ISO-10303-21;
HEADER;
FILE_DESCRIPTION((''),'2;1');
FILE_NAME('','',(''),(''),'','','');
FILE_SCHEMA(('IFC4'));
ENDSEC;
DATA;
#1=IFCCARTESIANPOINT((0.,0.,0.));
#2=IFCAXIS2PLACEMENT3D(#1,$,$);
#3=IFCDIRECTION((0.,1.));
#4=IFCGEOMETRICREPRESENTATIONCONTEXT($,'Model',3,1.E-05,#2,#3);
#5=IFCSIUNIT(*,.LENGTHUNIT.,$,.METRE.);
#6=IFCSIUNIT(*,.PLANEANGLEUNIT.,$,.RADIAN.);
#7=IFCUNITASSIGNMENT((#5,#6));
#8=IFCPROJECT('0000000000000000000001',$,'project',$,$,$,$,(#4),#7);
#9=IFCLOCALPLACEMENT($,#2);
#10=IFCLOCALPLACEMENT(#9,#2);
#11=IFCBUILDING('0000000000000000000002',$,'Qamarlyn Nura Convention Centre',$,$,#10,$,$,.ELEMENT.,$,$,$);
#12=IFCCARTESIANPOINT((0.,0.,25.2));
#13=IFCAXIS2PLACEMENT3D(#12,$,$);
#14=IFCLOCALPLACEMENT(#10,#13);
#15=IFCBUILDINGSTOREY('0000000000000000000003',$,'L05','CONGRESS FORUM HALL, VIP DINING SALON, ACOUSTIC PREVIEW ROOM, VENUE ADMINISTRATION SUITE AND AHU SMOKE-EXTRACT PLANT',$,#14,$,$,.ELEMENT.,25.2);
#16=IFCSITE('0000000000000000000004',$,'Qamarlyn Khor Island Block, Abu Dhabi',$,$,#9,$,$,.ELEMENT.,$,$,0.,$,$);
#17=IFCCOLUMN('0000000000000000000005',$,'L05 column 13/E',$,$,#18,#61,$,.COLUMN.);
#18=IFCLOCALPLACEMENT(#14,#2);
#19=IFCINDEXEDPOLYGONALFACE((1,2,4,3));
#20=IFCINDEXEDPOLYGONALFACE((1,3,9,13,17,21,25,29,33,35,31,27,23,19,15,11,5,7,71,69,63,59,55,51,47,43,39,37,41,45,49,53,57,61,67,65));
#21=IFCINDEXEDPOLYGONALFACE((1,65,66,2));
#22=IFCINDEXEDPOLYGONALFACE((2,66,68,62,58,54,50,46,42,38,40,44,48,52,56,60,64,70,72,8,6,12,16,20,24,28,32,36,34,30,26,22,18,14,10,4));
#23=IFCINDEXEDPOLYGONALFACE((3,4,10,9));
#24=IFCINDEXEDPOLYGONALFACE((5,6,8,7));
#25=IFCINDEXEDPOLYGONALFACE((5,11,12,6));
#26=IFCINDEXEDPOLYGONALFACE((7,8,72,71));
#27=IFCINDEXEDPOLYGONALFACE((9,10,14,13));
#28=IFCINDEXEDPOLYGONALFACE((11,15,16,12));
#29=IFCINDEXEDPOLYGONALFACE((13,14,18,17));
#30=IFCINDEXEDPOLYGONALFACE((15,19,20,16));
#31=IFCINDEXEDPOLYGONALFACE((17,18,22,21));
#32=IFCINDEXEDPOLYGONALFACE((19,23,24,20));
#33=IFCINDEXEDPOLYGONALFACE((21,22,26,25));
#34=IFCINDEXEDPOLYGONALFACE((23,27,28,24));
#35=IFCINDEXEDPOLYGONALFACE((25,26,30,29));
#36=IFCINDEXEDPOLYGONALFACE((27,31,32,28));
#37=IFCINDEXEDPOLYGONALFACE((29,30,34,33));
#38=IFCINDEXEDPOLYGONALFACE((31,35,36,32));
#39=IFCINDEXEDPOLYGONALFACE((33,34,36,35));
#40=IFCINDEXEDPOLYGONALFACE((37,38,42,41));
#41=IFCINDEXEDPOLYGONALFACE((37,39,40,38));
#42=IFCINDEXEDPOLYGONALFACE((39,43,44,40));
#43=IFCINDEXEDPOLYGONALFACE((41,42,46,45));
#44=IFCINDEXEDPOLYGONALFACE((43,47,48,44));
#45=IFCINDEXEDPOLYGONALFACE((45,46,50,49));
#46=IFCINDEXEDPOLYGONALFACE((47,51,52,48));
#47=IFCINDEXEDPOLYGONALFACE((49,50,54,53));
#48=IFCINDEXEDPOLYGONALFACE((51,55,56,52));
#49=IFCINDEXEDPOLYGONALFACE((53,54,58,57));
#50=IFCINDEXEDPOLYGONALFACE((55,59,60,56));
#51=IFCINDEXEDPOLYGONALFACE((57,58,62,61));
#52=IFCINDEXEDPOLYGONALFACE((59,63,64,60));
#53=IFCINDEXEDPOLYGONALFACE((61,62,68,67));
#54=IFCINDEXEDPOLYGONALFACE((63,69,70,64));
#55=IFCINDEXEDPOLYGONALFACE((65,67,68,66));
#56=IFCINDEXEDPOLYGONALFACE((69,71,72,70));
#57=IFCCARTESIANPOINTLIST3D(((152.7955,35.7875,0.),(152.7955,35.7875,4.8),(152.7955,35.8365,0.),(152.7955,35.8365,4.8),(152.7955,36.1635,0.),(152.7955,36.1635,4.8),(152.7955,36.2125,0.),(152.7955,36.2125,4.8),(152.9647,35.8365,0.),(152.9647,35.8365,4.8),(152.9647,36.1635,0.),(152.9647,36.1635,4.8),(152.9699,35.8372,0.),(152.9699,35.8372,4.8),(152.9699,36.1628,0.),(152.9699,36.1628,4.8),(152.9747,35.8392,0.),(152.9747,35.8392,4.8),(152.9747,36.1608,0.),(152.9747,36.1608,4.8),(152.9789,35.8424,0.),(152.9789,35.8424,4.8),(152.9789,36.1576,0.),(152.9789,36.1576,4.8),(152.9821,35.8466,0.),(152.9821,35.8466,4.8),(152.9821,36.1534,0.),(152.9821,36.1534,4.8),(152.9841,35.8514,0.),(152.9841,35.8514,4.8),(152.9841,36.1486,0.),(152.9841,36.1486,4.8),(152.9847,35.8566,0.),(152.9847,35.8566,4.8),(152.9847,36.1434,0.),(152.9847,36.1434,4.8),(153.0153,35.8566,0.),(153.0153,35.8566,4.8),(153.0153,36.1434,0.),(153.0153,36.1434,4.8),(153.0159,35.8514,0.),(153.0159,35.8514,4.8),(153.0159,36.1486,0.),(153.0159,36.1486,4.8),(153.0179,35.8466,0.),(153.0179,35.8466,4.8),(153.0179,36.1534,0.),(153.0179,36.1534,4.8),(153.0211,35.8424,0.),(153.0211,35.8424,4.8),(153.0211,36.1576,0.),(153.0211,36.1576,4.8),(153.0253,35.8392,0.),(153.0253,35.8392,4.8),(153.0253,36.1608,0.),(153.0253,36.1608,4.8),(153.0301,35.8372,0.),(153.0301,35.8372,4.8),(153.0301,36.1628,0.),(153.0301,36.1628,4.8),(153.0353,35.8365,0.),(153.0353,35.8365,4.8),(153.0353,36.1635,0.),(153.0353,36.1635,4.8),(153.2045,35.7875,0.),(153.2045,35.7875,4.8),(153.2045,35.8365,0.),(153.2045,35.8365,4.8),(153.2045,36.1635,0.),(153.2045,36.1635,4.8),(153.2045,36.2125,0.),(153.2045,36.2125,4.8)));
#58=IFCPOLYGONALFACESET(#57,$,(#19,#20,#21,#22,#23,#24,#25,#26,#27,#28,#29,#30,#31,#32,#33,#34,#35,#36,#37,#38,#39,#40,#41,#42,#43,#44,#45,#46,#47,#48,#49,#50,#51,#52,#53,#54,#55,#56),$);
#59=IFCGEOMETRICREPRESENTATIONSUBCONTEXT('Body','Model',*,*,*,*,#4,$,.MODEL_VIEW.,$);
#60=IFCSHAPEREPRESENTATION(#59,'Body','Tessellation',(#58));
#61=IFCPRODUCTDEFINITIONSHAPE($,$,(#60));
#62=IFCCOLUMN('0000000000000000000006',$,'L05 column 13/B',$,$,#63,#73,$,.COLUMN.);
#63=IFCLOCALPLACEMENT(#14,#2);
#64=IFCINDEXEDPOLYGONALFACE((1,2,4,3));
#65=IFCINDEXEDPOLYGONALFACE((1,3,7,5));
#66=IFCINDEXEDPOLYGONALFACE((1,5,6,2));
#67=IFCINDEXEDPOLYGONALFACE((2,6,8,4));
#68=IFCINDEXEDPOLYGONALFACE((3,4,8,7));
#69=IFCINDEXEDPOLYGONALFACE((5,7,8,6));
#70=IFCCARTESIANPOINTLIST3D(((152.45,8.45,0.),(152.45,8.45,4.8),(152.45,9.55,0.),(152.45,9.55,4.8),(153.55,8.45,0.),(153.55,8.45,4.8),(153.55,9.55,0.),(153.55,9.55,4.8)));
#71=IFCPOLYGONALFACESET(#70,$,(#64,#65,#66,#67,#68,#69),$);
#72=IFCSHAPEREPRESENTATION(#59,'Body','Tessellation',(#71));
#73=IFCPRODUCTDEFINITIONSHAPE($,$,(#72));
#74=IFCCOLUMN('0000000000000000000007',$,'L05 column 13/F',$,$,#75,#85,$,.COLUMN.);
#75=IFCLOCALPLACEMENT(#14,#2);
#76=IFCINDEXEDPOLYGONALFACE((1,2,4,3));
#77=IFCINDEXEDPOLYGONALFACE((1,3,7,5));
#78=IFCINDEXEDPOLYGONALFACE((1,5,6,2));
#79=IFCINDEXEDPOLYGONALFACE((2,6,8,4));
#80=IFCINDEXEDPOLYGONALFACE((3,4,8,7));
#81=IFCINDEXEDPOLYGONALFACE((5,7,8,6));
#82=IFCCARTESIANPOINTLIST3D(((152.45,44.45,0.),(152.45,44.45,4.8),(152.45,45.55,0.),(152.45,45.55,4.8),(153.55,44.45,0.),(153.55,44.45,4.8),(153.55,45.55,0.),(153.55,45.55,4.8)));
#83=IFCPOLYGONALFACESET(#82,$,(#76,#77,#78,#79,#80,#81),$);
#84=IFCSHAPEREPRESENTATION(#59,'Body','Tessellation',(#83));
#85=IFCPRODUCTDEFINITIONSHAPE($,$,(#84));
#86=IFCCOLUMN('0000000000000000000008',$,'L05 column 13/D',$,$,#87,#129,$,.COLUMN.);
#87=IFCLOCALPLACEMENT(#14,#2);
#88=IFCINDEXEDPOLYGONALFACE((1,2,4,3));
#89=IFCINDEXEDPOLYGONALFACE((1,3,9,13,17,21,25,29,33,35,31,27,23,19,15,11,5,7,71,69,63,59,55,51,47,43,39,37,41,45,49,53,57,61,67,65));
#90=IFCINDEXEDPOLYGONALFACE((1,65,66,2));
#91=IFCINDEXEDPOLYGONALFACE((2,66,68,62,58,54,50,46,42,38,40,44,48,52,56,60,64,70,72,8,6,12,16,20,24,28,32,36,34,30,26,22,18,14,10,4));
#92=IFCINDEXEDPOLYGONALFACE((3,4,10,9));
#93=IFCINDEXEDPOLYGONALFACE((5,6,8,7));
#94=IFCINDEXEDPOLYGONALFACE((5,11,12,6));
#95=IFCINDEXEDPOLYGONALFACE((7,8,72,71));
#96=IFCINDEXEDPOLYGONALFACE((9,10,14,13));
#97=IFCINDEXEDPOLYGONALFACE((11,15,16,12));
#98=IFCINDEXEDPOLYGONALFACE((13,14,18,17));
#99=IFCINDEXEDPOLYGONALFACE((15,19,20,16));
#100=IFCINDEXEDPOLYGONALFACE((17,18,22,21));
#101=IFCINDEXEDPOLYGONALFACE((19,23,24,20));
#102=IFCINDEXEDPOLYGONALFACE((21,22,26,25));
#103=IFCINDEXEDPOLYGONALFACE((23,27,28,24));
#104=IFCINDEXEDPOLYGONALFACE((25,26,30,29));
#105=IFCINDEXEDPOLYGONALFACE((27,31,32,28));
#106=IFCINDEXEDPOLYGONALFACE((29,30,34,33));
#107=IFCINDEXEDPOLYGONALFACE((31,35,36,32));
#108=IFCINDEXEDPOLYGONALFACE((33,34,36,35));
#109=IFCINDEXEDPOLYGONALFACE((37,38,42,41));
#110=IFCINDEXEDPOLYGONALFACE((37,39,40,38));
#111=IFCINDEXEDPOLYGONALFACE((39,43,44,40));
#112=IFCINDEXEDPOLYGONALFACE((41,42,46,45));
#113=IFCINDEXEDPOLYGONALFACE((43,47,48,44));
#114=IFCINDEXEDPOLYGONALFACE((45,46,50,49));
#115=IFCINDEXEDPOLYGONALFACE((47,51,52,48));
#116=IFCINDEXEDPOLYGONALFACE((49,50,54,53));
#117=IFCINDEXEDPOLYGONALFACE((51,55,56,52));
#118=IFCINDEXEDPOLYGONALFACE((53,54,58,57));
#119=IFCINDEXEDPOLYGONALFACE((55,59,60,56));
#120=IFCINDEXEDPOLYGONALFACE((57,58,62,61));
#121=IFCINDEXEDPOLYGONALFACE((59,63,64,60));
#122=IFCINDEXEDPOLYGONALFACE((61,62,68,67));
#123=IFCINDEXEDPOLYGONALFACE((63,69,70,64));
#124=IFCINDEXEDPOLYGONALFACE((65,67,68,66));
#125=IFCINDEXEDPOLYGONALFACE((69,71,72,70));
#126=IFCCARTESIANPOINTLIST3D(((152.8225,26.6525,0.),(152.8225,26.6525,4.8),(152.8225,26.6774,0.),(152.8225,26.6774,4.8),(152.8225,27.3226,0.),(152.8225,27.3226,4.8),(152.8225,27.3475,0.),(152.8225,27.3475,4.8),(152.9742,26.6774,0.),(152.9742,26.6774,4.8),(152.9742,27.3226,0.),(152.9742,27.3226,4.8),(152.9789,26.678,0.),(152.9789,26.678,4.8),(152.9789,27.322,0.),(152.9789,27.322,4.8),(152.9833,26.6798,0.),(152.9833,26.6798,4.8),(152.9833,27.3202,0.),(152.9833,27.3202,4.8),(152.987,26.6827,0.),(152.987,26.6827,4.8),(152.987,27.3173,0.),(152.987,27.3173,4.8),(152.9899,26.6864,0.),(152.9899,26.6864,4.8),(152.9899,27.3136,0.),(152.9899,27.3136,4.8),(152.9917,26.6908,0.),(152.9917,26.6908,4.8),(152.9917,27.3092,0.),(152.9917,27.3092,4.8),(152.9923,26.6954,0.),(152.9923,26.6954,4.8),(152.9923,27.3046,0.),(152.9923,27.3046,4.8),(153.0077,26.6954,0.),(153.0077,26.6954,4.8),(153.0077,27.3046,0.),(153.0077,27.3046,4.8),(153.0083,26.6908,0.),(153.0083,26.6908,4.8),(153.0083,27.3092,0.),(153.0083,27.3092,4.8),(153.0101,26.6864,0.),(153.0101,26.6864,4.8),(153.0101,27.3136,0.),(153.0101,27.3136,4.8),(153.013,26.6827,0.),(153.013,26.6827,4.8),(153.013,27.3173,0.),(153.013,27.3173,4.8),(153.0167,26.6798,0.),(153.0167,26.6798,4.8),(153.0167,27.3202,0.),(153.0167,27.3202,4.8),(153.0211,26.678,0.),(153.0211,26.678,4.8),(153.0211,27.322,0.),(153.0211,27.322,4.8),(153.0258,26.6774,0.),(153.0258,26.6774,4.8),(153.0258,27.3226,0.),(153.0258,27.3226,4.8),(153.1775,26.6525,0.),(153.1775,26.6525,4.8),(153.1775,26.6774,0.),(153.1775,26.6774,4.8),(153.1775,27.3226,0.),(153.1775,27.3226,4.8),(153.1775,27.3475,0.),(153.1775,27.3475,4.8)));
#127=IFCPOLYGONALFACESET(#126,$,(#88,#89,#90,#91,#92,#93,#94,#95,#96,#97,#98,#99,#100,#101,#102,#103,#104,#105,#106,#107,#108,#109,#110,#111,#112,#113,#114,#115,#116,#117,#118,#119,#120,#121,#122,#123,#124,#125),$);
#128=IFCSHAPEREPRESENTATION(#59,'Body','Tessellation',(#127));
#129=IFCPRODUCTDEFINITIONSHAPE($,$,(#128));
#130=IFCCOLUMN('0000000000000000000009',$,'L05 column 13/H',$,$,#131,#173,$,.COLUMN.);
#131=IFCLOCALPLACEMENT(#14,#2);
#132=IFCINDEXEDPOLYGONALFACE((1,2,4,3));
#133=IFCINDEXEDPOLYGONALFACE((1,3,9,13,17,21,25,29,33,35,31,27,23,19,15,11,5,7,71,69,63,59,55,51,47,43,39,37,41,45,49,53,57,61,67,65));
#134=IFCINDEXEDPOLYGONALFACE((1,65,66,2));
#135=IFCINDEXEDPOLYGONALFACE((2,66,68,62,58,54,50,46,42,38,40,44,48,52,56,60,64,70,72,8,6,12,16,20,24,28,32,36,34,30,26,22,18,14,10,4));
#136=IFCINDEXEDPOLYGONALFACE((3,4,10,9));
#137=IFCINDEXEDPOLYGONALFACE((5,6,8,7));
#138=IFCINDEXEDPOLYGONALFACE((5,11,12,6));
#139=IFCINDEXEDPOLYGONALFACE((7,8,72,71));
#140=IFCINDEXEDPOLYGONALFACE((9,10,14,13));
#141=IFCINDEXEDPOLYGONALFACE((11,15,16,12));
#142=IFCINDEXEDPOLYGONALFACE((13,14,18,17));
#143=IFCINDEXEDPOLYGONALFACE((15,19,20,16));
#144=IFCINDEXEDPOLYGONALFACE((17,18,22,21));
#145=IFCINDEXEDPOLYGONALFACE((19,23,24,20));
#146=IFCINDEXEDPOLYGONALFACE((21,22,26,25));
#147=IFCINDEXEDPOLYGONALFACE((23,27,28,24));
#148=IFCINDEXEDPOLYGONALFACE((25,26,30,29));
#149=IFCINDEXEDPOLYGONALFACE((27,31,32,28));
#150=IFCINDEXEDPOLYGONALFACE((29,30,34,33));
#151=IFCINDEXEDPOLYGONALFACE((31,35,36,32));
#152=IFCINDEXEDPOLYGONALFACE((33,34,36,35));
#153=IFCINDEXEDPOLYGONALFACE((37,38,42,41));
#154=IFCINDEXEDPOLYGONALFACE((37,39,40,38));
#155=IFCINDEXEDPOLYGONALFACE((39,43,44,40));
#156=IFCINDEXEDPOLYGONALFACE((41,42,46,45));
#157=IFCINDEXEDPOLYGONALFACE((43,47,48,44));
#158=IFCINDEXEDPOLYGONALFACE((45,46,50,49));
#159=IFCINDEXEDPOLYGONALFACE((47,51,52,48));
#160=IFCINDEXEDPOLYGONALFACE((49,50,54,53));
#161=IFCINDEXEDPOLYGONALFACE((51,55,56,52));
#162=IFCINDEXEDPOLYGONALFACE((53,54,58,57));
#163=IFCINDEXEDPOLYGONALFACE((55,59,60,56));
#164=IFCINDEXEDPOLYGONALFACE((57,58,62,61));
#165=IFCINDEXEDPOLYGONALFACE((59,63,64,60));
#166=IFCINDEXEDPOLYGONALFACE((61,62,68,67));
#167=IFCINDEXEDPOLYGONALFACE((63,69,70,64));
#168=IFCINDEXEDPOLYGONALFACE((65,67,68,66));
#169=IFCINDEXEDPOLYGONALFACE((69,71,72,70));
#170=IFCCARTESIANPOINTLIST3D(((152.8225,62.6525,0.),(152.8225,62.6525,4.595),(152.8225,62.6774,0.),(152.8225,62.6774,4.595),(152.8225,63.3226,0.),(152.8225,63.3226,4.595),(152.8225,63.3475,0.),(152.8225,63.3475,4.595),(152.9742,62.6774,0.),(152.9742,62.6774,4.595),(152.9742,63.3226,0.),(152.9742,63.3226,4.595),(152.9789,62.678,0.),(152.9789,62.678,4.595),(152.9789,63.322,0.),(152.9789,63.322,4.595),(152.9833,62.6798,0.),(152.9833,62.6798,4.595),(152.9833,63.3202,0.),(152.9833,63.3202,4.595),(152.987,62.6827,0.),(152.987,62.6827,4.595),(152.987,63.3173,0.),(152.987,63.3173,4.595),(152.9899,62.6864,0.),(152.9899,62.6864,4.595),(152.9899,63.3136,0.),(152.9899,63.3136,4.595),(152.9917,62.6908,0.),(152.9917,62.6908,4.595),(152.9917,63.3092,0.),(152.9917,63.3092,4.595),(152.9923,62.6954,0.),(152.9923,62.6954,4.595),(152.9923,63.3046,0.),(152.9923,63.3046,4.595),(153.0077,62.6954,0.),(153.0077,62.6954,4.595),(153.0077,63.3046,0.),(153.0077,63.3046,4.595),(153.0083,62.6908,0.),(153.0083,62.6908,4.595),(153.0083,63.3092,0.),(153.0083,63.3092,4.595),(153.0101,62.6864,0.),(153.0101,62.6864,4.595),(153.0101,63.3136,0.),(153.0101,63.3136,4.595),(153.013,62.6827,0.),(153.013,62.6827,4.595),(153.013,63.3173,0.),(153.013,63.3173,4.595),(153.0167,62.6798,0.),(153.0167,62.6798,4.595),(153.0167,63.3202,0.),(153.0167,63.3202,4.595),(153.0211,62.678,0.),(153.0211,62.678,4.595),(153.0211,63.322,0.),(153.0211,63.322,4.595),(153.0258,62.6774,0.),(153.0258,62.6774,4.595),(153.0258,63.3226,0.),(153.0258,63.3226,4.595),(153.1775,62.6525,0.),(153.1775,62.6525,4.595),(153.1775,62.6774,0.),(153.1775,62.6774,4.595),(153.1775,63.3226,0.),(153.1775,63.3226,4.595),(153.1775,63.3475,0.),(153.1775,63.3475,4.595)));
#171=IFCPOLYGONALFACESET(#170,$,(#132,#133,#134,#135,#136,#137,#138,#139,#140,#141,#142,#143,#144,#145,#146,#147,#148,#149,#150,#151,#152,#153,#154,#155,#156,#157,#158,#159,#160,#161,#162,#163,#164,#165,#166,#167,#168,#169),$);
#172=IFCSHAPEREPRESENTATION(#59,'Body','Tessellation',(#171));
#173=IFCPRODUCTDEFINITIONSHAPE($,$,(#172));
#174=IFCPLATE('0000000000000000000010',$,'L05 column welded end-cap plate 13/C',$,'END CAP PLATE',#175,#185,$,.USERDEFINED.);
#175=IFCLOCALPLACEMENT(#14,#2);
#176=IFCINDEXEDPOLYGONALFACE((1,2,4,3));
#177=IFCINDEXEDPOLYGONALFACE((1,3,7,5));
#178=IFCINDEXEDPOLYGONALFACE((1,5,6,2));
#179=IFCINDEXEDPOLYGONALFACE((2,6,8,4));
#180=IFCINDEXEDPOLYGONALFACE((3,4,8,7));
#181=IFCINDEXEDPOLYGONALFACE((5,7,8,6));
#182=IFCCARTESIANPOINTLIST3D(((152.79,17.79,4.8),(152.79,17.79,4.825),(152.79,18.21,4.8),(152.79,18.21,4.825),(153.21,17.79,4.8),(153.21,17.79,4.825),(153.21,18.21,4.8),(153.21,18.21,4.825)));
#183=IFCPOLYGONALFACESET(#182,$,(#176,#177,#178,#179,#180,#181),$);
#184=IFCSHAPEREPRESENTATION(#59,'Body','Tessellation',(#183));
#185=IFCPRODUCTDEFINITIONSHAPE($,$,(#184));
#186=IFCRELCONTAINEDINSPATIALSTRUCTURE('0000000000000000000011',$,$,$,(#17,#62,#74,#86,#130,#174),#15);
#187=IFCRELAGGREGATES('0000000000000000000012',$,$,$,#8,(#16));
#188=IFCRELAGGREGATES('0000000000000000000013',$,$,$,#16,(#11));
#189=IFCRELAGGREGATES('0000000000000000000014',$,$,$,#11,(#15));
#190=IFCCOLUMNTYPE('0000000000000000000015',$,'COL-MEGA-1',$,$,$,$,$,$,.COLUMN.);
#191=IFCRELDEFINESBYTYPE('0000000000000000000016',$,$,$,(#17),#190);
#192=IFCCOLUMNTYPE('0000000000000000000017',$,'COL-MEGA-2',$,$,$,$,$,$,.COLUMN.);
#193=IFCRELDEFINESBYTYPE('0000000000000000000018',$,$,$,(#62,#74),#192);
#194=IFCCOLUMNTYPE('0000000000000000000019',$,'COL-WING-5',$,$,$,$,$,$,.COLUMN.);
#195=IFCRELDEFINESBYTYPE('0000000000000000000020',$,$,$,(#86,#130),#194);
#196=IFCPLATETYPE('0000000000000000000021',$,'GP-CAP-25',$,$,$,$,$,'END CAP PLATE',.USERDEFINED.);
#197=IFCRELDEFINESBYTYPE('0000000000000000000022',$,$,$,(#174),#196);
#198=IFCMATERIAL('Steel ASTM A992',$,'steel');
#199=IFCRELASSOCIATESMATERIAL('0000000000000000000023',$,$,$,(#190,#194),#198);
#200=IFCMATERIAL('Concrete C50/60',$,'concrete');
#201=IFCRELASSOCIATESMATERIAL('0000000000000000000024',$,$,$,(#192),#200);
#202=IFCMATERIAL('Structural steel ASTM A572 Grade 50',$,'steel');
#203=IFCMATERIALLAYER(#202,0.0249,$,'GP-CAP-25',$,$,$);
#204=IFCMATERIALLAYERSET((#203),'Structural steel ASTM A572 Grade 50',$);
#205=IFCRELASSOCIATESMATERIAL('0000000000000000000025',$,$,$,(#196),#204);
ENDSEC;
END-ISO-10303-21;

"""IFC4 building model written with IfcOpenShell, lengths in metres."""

from ifc_helpers import new_model, si_unit, direction, frame, origin, origin_2d, place, context, subcontext, project, spatial, rectangle, i_section, extrude, material, layer, layer_set, material_profile, profile_set, type_object, element, save


model = new_model("IFC4")

# Units and contexts
model_context = context("Model", 3, precision=1e-05, world=origin(), true_north=direction((0.0, 1.0)))
body_context = subcontext(model_context, "Body", "Model", "MODEL_VIEW")
ifc_project = project(units=[si_unit("LENGTHUNIT", "METRE"), si_unit("PLANEANGLEUNIT", "RADIAN")], contexts=[model_context])

# Site, building, storey
site_placement = place(None, origin())
site = spatial("IfcSite", under=ifc_project, at=site_placement, Name="Qamarlyn Khor Island Block, Abu Dhabi", CompositionType="ELEMENT", RefElevation=0.0)
building_placement = place(site_placement, origin())
building = spatial("IfcBuilding", under=site, at=building_placement, Name="Qamarlyn Nura Convention Centre", CompositionType="ELEMENT")
storey_placement = place(building_placement, frame((0.0, 0.0, 25.2)))
storey = spatial("IfcBuildingStorey", under=building, at=storey_placement, Name="L05", Description="CONGRESS FORUM HALL, VIP DINING SALON, ACOUSTIC PREVIEW ROOM, VENUE ADMINISTRATION SUITE AND AHU SMOKE-EXTRACT PLANT", CompositionType="ELEMENT", Elevation=25.2)

# Columns
ifc_material_1 = material(Name="Steel ASTM A992", Category="steel")
ifc_material_profile_1 = material_profile(ifc_material_1, i_section(OverallWidth=0.4089, OverallDepth=0.425, WebThickness=0.0305, FlangeThickness=0.0491, FilletRadius=0.02, at=origin_2d()), Name="W360X421")
ifc_profile_set_1 = profile_set([ifc_material_profile_1], Name="Steel ASTM A992")
column_type_1 = type_object("IfcColumnType", Name="COL-MEGA-1", PredefinedType="COLUMN", material=ifc_profile_set_1)
for number, where, z_axis, x_axis, name in (
    (1, (153.0, 36.0, 0.0), (0.0, 0.0, 1.0), (1.0, 0.0, 0.0), "L05 column 13/E"),
):
    element("IfcColumn", number, at=place(storey_placement, frame(where, z_axis=z_axis, x_axis=x_axis)), inside=storey, type_object=column_type_1, Name=name, PredefinedType="COLUMN", context=body_context, shape_type="SweptSolid", body=[
        extrude(i_section(OverallWidth=0.4089, OverallDepth=0.425, WebThickness=0.0305, FlangeThickness=0.0491, FilletRadius=0.02, at=origin_2d()), origin(), (0.0, 0.0, 1.0), 4.8),
    ])
ifc_material_2 = material(Name="Concrete C50/60", Category="concrete")
ifc_material_profile_2 = material_profile(ifc_material_2, rectangle(XDim=1.1001, YDim=1.1001, at=origin_2d()), Name="RC 1100x1100")
ifc_profile_set_2 = profile_set([ifc_material_profile_2], Name="Concrete C50/60")
column_type_2 = type_object("IfcColumnType", Name="COL-MEGA-2", PredefinedType="COLUMN", material=ifc_profile_set_2)
for number, where, z_axis, x_axis, name in (
    (2, (153.0, 9.0, 0.0), (0.0, 0.0, 1.0), (1.0, 0.0, 0.0), "L05 column 13/B"),
    (3, (153.0, 45.0, 0.0), (0.0, 0.0, 1.0), (1.0, 0.0, 0.0), "L05 column 13/F"),
):
    element("IfcColumn", number, at=place(storey_placement, frame(where, z_axis=z_axis, x_axis=x_axis)), inside=storey, type_object=column_type_2, Name=name, PredefinedType="COLUMN", context=body_context, shape_type="SweptSolid", body=[
        extrude(rectangle(XDim=1.1001, YDim=1.1001, at=origin_2d()), origin(), (0.0, 0.0, 1.0), 4.8),
    ])
ifc_material_profile_3 = material_profile(ifc_material_1, i_section(OverallWidth=0.355, OverallDepth=0.6951, WebThickness=0.0154, FlangeThickness=0.0249, FilletRadius=0.0181, at=origin_2d()), Name="W690X217")
ifc_profile_set_3 = profile_set([ifc_material_profile_3], Name="Steel ASTM A992")
column_type_3 = type_object("IfcColumnType", Name="COL-WING-5", PredefinedType="COLUMN", material=ifc_profile_set_3)
column_1_placement = place(storey_placement, frame((153.0, 27.0, 0.0), z_axis=(0.0, 0.0, 1.0), x_axis=(1.0, 0.0, 0.0)))
element("IfcColumn", 4, at=column_1_placement, inside=storey, type_object=column_type_3, Name="L05 column 13/D", PredefinedType="COLUMN", context=body_context, shape_type="SweptSolid", body=[
    extrude(i_section(OverallWidth=0.355, OverallDepth=0.6951, WebThickness=0.0154, FlangeThickness=0.0249, FilletRadius=0.0181, at=origin_2d()), origin(), (0.0, 0.0, 1.0), 4.8),
])
column_2_placement = place(storey_placement, frame((153.0, 63.0, 0.0), z_axis=(0.0, 0.0, 1.0), x_axis=(1.0, 0.0, 0.0)))
element("IfcColumn", 5, at=column_2_placement, inside=storey, type_object=column_type_3, Name="L05 column 13/H", PredefinedType="COLUMN", context=body_context, shape_type="SweptSolid", body=[
    extrude(i_section(OverallWidth=0.355, OverallDepth=0.6951, WebThickness=0.0154, FlangeThickness=0.0249, FilletRadius=0.0181, at=origin_2d()), origin(), (0.0, 0.0, 1.0), 4.595),
])

# Plate
ifc_material_3 = material(Name="Structural steel ASTM A572 Grade 50", Category="steel")
ifc_layer_1 = layer(ifc_material_3, 0.0249, Name="GP-CAP-25")
ifc_layer_set_1 = layer_set([ifc_layer_1], Name="Structural steel ASTM A572 Grade 50")
plate_type = type_object("IfcPlateType", Name="GP-CAP-25", ElementType="END CAP PLATE", PredefinedType="USERDEFINED", material=ifc_layer_set_1)
for number, where, z_axis, x_axis, name in (
    (6, (153.0, 18.0, 4.8), (0.0, 0.0, 1.0), (1.0, 0.0, 0.0), "L05 column welded end-cap plate 13/C"),
):
    element("IfcPlate", number, at=place(storey_placement, frame(where, z_axis=z_axis, x_axis=x_axis)), inside=storey, type_object=plate_type, Name=name, ObjectType="END CAP PLATE", PredefinedType="USERDEFINED", context=body_context, shape_type="SweptSolid", body=[
        extrude(rectangle(XDim=0.4199, YDim=0.4199, at=origin_2d()), origin(), (0.0, 0.0, 1.0), 0.0249),
    ])

save(model, "model.ifc")
